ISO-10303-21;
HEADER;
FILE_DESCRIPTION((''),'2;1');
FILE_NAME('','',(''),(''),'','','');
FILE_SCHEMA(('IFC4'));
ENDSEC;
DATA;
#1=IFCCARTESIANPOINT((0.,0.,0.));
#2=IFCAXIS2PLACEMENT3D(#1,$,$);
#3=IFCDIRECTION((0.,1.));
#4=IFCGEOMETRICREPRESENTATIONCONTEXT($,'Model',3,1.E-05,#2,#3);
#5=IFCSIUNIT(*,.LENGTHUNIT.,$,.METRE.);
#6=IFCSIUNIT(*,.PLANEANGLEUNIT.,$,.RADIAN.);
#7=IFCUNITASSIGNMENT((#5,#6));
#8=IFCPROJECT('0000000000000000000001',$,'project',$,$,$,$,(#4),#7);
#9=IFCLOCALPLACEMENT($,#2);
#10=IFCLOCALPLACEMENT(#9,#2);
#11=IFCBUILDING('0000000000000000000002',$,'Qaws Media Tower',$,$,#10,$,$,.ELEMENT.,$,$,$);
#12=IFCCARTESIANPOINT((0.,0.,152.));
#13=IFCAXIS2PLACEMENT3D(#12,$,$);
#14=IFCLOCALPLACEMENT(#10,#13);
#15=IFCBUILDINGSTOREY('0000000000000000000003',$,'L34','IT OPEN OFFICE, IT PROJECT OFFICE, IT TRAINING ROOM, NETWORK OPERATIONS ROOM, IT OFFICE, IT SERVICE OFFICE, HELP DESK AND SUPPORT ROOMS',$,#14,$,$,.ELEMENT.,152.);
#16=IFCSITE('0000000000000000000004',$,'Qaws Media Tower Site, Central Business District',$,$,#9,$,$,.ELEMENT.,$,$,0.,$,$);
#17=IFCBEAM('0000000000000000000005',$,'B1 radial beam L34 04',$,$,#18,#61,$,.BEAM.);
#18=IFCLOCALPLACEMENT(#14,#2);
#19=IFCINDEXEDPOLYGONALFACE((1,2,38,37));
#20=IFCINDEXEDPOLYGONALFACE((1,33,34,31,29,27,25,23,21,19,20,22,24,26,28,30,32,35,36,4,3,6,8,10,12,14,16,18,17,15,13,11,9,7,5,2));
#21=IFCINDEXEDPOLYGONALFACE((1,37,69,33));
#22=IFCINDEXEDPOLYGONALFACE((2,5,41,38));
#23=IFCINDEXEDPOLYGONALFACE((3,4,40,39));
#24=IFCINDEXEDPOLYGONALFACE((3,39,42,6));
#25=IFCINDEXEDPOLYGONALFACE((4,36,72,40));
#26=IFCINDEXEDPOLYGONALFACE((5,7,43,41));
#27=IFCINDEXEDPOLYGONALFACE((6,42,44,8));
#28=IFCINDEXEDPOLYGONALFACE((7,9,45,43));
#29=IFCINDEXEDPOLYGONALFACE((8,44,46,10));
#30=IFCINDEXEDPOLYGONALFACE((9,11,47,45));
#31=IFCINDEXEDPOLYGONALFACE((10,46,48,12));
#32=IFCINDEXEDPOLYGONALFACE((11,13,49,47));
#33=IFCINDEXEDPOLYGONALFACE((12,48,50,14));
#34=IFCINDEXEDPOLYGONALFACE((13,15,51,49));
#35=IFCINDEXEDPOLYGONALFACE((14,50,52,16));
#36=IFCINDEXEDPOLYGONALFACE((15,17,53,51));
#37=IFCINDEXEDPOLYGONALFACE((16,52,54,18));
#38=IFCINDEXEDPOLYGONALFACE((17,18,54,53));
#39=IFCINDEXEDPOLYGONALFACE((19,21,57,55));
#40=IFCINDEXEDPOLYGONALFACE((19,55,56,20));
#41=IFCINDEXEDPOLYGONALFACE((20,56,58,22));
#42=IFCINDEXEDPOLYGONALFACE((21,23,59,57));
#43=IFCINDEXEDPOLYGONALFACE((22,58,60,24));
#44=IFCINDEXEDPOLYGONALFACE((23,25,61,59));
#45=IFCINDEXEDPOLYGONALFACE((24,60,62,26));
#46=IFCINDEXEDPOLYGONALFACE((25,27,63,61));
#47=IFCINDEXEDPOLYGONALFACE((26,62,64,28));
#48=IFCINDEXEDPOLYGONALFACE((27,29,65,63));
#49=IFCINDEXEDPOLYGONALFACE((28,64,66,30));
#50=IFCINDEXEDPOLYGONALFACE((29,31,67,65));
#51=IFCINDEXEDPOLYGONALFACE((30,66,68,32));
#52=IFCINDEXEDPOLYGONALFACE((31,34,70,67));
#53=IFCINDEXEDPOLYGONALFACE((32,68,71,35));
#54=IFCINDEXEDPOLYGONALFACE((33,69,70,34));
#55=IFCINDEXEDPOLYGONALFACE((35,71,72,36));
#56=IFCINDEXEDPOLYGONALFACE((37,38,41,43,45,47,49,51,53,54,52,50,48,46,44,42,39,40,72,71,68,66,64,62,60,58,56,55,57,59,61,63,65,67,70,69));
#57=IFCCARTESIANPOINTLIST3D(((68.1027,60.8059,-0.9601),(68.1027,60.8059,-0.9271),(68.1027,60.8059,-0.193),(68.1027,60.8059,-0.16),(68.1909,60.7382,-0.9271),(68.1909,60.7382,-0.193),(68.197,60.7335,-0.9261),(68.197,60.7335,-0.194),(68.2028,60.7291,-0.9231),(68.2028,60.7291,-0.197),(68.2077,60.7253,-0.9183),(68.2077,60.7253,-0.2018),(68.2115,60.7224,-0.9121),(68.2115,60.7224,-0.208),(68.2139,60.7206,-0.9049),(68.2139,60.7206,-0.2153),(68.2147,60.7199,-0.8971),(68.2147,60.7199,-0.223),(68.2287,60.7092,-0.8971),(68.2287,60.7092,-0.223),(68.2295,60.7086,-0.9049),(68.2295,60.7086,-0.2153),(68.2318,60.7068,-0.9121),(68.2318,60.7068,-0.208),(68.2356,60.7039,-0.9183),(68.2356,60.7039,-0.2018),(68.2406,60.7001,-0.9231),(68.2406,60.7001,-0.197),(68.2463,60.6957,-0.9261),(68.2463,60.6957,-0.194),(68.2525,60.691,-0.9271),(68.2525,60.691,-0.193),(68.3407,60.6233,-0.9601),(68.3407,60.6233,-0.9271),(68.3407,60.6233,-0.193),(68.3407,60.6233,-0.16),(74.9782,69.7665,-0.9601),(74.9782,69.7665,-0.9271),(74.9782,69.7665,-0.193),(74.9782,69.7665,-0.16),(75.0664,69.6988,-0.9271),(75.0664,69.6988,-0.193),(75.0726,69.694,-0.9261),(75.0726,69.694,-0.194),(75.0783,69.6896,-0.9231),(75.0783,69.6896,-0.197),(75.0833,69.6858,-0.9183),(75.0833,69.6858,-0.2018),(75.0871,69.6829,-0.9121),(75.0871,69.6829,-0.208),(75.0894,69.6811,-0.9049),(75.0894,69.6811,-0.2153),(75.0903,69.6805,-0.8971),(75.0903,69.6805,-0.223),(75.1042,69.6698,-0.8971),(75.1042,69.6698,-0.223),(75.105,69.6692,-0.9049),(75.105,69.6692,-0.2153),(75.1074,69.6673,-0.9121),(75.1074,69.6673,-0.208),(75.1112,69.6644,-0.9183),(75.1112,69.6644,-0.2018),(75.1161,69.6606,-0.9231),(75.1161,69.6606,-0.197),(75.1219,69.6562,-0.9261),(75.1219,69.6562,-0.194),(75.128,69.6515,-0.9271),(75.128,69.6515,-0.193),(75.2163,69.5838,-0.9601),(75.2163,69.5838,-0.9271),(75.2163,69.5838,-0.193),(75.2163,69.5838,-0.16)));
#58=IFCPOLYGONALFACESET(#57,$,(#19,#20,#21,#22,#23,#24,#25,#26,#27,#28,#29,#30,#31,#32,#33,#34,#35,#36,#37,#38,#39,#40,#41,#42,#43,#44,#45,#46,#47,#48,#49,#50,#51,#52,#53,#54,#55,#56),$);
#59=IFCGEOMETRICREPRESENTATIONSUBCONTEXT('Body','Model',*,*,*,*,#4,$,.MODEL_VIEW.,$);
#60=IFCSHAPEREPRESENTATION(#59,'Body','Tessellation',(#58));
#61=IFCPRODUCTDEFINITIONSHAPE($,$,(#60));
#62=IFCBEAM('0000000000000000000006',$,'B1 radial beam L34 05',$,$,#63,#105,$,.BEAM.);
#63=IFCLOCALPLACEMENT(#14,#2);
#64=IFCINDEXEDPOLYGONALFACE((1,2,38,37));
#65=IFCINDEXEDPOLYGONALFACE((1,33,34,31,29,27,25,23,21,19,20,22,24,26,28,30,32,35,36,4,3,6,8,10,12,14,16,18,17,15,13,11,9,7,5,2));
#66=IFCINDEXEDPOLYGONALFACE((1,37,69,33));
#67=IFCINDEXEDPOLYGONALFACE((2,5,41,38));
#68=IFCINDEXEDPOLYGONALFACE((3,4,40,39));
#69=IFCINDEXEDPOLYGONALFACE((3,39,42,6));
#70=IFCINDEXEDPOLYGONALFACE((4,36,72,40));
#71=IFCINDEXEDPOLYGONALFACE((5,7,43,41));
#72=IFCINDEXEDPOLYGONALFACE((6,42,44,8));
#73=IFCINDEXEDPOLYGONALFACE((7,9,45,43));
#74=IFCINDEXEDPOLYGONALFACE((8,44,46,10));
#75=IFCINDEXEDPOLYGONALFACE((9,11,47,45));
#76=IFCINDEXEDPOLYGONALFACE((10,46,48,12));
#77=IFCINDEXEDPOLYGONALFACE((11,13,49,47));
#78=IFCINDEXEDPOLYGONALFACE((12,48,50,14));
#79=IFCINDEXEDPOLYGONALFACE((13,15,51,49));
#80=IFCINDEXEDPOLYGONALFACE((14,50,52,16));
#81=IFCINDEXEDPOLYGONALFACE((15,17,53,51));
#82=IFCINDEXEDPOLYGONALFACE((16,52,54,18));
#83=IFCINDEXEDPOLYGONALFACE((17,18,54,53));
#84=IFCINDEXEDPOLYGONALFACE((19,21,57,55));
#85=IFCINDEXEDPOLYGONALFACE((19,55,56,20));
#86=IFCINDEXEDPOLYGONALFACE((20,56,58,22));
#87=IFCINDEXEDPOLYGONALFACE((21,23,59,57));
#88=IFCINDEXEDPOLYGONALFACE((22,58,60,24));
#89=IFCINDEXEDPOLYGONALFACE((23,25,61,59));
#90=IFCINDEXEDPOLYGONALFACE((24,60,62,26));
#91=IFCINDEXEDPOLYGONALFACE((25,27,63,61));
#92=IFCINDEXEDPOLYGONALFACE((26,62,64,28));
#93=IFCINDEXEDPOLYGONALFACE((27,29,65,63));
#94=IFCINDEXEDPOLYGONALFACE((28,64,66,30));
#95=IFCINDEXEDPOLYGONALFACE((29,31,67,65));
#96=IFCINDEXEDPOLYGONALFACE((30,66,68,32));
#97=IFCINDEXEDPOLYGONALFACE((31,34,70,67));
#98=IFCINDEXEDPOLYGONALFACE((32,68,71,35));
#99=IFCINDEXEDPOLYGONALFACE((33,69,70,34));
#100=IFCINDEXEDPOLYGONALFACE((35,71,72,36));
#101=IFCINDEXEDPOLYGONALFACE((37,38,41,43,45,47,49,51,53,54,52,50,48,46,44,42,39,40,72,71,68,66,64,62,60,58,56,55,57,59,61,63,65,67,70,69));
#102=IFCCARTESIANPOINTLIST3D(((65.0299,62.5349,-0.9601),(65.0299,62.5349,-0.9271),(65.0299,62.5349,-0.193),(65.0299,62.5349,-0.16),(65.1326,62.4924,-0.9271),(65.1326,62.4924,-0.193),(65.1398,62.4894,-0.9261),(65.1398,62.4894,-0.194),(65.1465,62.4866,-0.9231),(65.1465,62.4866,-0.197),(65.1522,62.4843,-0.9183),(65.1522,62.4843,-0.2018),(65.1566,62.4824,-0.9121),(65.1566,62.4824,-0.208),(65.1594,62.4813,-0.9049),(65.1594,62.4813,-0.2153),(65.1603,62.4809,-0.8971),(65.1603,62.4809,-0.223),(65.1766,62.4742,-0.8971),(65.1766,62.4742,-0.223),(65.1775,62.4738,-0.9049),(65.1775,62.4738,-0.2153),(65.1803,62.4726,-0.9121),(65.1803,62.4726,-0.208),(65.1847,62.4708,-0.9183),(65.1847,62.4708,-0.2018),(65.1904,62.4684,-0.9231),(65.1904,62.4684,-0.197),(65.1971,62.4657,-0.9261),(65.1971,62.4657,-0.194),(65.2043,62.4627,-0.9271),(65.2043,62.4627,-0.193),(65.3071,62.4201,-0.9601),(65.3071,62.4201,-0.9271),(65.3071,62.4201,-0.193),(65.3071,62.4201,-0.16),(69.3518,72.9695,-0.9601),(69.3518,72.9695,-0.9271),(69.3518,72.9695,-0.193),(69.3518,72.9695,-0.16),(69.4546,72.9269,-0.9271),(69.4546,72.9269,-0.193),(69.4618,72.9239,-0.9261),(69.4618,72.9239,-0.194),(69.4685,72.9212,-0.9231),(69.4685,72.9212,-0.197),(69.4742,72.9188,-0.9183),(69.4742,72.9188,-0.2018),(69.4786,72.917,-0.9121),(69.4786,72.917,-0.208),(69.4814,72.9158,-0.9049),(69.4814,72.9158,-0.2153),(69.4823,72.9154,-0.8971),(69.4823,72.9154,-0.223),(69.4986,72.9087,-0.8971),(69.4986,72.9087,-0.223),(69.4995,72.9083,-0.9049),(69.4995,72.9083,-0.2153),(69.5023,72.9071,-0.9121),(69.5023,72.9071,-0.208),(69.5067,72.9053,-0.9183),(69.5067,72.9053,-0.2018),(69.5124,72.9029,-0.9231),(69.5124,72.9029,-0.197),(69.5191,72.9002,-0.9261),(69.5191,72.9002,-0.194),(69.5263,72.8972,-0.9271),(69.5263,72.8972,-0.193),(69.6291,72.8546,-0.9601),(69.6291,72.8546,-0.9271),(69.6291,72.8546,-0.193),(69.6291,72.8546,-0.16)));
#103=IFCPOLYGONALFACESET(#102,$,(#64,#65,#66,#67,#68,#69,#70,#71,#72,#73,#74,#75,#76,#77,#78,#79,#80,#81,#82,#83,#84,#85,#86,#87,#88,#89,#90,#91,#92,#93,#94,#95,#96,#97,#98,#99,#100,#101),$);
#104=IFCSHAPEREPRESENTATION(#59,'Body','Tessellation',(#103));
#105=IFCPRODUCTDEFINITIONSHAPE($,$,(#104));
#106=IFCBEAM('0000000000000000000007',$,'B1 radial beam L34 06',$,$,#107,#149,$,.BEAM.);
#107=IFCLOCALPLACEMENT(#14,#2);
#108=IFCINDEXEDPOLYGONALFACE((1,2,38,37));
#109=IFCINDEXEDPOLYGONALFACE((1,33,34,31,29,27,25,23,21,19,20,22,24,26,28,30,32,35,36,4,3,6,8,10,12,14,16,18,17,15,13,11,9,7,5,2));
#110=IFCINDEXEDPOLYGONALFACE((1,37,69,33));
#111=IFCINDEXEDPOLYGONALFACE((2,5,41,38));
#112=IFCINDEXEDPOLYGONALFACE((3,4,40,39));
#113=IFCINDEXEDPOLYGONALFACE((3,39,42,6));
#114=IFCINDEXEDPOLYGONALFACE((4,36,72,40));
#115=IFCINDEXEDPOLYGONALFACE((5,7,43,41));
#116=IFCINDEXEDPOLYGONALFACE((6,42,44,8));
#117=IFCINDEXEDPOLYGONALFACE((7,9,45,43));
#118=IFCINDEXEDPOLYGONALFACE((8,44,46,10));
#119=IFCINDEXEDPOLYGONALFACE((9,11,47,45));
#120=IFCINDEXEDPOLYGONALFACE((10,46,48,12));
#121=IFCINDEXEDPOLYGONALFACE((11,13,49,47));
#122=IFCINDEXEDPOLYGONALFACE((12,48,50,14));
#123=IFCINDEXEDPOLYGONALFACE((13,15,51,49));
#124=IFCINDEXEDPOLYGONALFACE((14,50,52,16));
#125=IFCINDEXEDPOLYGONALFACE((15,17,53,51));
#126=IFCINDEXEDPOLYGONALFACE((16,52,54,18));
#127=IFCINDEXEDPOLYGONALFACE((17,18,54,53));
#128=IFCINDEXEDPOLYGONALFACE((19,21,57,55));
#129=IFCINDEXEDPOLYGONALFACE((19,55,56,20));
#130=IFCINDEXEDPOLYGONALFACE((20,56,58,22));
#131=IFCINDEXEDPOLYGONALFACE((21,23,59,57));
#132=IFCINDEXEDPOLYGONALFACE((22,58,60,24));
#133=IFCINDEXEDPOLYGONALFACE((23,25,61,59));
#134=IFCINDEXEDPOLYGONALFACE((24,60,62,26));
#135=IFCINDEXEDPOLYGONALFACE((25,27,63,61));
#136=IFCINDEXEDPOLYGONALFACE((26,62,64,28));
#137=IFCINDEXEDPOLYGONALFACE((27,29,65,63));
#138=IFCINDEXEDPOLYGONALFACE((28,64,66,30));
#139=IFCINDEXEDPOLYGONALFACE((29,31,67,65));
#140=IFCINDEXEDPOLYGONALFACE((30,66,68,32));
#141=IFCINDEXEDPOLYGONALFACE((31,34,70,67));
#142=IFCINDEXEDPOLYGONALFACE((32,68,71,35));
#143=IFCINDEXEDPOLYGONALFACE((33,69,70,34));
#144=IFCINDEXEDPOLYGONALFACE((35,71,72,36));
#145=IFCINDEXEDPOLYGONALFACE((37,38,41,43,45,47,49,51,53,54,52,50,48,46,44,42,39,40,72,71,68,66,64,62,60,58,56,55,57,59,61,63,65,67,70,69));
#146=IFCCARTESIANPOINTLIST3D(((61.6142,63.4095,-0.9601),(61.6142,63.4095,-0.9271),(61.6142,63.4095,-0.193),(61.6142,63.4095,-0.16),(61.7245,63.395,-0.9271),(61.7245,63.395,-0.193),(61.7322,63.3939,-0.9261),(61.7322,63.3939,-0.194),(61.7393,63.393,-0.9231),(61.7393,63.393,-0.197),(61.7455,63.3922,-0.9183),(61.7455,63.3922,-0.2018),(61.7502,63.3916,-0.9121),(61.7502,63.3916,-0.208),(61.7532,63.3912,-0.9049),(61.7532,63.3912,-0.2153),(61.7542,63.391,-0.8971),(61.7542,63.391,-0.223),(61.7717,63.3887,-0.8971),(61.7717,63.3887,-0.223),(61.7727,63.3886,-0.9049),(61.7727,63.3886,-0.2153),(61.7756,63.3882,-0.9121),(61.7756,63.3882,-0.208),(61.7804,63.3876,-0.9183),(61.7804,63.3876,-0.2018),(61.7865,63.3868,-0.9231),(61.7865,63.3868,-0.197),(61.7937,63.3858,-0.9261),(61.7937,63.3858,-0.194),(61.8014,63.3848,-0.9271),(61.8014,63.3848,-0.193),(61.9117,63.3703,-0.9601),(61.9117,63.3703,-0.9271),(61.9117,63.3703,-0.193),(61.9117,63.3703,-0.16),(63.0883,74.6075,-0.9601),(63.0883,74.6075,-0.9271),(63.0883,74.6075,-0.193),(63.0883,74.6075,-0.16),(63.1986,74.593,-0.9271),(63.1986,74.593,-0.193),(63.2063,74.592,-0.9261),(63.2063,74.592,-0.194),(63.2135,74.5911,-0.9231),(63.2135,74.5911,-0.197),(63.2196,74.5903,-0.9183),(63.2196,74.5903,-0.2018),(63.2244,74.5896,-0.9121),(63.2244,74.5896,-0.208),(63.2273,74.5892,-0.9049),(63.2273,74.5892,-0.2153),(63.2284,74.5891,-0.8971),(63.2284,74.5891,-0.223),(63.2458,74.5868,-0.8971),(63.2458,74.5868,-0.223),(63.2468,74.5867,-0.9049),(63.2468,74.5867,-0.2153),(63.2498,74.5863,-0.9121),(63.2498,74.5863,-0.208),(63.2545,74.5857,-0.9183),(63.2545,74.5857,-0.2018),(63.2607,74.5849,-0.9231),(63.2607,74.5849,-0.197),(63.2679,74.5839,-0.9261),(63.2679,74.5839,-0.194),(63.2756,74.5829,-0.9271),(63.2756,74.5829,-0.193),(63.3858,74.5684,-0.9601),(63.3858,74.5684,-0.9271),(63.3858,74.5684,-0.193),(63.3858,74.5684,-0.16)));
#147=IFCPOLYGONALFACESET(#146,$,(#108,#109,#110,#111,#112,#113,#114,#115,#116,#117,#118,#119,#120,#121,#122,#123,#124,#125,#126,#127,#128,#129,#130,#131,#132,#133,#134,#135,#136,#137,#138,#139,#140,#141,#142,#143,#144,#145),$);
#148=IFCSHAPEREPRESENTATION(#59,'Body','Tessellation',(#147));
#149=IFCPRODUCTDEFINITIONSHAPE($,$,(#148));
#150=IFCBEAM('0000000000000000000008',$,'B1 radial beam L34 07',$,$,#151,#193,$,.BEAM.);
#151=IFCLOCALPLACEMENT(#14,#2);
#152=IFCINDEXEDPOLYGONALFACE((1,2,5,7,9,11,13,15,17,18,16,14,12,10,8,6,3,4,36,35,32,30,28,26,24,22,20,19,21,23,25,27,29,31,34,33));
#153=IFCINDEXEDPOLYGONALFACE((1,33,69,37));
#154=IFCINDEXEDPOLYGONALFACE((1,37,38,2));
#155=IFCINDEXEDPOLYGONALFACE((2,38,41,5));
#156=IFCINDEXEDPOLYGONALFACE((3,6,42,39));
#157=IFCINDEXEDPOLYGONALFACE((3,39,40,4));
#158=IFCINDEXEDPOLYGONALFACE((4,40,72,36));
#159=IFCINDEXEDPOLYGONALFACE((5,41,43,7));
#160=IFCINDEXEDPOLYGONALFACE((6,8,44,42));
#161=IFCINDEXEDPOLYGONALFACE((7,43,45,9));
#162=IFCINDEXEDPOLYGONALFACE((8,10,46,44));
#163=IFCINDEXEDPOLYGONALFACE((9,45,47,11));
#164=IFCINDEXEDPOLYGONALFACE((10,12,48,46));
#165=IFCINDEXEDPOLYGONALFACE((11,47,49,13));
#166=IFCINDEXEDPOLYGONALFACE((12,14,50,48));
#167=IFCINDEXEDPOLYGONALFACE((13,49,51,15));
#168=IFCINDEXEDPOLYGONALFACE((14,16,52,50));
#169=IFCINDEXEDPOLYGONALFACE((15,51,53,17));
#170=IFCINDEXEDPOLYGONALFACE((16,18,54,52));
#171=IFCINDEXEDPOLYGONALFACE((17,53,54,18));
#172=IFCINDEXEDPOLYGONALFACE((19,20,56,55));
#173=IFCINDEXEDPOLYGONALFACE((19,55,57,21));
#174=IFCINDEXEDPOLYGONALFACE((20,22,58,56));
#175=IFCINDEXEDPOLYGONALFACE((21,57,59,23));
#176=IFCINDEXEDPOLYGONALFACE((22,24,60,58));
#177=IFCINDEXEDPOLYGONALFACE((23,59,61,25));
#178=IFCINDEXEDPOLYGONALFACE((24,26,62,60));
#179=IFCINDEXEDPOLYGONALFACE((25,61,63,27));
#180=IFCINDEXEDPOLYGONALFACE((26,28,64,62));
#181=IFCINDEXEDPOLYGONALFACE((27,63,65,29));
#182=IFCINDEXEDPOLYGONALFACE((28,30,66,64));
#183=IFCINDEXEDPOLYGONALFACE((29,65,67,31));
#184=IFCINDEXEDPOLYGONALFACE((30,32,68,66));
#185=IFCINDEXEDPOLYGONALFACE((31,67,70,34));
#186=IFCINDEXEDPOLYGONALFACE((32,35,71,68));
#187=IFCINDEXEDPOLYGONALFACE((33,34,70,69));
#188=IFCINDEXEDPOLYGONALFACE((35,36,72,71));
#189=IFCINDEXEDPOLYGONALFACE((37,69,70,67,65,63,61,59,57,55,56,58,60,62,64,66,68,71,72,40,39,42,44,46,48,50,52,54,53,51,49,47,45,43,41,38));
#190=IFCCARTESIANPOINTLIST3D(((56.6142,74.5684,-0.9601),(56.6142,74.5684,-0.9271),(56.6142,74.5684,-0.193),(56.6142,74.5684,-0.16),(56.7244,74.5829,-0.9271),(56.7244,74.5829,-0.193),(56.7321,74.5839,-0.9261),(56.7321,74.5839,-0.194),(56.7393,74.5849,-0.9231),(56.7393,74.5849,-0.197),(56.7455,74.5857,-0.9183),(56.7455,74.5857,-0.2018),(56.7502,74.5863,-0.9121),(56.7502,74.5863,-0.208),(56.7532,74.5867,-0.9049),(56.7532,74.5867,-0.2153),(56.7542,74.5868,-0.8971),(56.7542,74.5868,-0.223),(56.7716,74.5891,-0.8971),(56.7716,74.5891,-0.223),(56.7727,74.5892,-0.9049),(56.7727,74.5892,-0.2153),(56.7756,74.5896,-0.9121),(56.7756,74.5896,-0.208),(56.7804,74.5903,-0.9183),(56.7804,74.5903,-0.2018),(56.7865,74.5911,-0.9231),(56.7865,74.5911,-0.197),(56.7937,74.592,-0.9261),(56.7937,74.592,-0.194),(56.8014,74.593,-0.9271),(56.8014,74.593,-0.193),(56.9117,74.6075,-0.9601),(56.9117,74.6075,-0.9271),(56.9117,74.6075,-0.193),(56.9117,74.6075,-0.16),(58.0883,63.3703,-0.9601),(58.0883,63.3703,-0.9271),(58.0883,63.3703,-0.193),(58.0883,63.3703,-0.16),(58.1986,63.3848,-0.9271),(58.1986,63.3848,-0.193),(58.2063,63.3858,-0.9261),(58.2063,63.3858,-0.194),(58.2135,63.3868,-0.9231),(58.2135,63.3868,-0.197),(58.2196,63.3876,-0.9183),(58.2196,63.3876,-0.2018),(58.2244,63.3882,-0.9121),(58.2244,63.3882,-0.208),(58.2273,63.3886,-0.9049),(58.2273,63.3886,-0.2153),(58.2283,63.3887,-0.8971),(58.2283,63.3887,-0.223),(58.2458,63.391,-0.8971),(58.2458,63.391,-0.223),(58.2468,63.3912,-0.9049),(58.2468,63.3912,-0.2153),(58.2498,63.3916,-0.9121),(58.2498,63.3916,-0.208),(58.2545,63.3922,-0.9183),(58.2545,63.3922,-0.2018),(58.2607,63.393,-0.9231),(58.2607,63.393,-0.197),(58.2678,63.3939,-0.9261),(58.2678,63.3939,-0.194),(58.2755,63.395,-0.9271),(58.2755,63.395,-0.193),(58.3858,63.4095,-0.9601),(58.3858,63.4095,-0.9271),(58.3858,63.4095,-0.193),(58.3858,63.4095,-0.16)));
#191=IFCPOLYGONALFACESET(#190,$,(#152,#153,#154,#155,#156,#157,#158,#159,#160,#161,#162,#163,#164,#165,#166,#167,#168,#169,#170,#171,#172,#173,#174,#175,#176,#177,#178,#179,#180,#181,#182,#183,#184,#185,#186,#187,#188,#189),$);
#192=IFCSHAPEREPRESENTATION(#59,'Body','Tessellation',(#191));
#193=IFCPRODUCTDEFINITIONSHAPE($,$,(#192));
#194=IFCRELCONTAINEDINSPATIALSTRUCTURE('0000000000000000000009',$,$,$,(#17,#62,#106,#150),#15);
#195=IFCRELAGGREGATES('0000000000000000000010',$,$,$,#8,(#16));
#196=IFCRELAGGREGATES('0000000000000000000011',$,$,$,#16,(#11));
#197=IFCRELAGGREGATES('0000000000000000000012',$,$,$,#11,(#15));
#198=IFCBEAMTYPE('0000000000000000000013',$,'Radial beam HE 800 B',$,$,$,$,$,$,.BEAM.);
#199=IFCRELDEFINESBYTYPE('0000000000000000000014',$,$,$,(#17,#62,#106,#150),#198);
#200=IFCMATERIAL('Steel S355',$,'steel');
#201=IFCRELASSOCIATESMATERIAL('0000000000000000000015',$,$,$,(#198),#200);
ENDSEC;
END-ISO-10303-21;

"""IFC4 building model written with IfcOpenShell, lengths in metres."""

from ifc_helpers import new_model, si_unit, direction, frame, origin, origin_2d, place, context, subcontext, project, spatial, i_section, extrude, material, material_profile, profile_set, type_object, element, save


model = new_model("IFC4")

# Units and contexts
model_context = context("Model", 3, precision=1e-05, world=origin(), true_north=direction((0.0, 1.0)))
body_context = subcontext(model_context, "Body", "Model", "MODEL_VIEW")
ifc_project = project(units=[si_unit("LENGTHUNIT", "METRE"), si_unit("PLANEANGLEUNIT", "RADIAN")], contexts=[model_context])

# Site, building, storey
site_placement = place(None, origin())
site = spatial("IfcSite", under=ifc_project, at=site_placement, Name="Qaws Media Tower Site, Central Business District", CompositionType="ELEMENT", RefElevation=0.0)
building_placement = place(site_placement, origin())
building = spatial("IfcBuilding", under=site, at=building_placement, Name="Qaws Media Tower", CompositionType="ELEMENT")
storey_placement = place(building_placement, frame((0.0, 0.0, 152.0)))
storey = spatial("IfcBuildingStorey", under=building, at=storey_placement, Name="L34", Description="IT OPEN OFFICE, IT PROJECT OFFICE, IT TRAINING ROOM, NETWORK OPERATIONS ROOM, IT OFFICE, IT SERVICE OFFICE, HELP DESK AND SUPPORT ROOMS", CompositionType="ELEMENT", Elevation=152.0)

# Beams
ifc_material_1 = material(Name="Steel S355", Category="steel")
ifc_material_profile_1 = material_profile(ifc_material_1, i_section(OverallWidth=0.3, OverallDepth=0.8, WebThickness=0.0176, FlangeThickness=0.033, FilletRadius=0.03, at=origin_2d()), Name="HE 800 B")
ifc_profile_set_1 = profile_set([ifc_material_profile_1], Name="Steel S355")
beam_type_1 = type_object("IfcBeamType", Name="Radial beam HE 800 B", PredefinedType="BEAM", material=ifc_profile_set_1)
for number, where, z_axis, x_axis, name in (
    (1, (68.2217, 60.7146, -0.5601), (0.608756, 0.793358, 0.0), (-0.793358, 0.608756, 0.0), "B1 radial beam L34 04"),
):
    element("IfcBeam", number, at=place(storey_placement, frame(where, z_axis=z_axis, x_axis=x_axis)), inside=storey, type_object=beam_type_1, Name=name, PredefinedType="BEAM", context=body_context, shape_type="SweptSolid", body=[
        extrude(i_section(OverallWidth=0.3, OverallDepth=0.8, WebThickness=0.0176, FlangeThickness=0.033, FilletRadius=0.03, at=origin_2d()), origin(), (0.0, 0.0, 1.0), 11.2944),
    ])
beam_1_placement = place(storey_placement, frame((65.1685, 62.4775, -0.5601), z_axis=(0.382674, 0.923883, 0.0), x_axis=(-0.923883, 0.382674, 0.0)))
element("IfcBeam", 2, at=beam_1_placement, inside=storey, type_object=beam_type_1, Name="B1 radial beam L34 05", PredefinedType="BEAM", context=body_context, shape_type="SweptSolid", body=[
    extrude(i_section(OverallWidth=0.3, OverallDepth=0.8, WebThickness=0.0176, FlangeThickness=0.033, FilletRadius=0.03, at=origin_2d()), origin(), (0.0, 0.0, 1.0), 11.2942),
])
for number, where, z_axis, x_axis, name in (
    (3, (61.7629, 63.3899, -0.5601), (0.130515, 0.991446, 0.0), (-0.991446, 0.130515, 0.0), "B1 radial beam L34 06"),
    (4, (58.2371, 63.3899, -0.5601), (-0.130515, 0.991446, 0.0), (-0.991446, -0.130515, 0.0), "B1 radial beam L34 07"),
):
    element("IfcBeam", number, at=place(storey_placement, frame(where, z_axis=z_axis, x_axis=x_axis)), inside=storey, type_object=beam_type_1, Name=name, PredefinedType="BEAM", context=body_context, shape_type="SweptSolid", body=[
        extrude(i_section(OverallWidth=0.3, OverallDepth=0.8, WebThickness=0.0176, FlangeThickness=0.033, FilletRadius=0.03, at=origin_2d()), origin(), (0.0, 0.0, 1.0), 11.2947),
    ])

save(model, "model.ifc")
